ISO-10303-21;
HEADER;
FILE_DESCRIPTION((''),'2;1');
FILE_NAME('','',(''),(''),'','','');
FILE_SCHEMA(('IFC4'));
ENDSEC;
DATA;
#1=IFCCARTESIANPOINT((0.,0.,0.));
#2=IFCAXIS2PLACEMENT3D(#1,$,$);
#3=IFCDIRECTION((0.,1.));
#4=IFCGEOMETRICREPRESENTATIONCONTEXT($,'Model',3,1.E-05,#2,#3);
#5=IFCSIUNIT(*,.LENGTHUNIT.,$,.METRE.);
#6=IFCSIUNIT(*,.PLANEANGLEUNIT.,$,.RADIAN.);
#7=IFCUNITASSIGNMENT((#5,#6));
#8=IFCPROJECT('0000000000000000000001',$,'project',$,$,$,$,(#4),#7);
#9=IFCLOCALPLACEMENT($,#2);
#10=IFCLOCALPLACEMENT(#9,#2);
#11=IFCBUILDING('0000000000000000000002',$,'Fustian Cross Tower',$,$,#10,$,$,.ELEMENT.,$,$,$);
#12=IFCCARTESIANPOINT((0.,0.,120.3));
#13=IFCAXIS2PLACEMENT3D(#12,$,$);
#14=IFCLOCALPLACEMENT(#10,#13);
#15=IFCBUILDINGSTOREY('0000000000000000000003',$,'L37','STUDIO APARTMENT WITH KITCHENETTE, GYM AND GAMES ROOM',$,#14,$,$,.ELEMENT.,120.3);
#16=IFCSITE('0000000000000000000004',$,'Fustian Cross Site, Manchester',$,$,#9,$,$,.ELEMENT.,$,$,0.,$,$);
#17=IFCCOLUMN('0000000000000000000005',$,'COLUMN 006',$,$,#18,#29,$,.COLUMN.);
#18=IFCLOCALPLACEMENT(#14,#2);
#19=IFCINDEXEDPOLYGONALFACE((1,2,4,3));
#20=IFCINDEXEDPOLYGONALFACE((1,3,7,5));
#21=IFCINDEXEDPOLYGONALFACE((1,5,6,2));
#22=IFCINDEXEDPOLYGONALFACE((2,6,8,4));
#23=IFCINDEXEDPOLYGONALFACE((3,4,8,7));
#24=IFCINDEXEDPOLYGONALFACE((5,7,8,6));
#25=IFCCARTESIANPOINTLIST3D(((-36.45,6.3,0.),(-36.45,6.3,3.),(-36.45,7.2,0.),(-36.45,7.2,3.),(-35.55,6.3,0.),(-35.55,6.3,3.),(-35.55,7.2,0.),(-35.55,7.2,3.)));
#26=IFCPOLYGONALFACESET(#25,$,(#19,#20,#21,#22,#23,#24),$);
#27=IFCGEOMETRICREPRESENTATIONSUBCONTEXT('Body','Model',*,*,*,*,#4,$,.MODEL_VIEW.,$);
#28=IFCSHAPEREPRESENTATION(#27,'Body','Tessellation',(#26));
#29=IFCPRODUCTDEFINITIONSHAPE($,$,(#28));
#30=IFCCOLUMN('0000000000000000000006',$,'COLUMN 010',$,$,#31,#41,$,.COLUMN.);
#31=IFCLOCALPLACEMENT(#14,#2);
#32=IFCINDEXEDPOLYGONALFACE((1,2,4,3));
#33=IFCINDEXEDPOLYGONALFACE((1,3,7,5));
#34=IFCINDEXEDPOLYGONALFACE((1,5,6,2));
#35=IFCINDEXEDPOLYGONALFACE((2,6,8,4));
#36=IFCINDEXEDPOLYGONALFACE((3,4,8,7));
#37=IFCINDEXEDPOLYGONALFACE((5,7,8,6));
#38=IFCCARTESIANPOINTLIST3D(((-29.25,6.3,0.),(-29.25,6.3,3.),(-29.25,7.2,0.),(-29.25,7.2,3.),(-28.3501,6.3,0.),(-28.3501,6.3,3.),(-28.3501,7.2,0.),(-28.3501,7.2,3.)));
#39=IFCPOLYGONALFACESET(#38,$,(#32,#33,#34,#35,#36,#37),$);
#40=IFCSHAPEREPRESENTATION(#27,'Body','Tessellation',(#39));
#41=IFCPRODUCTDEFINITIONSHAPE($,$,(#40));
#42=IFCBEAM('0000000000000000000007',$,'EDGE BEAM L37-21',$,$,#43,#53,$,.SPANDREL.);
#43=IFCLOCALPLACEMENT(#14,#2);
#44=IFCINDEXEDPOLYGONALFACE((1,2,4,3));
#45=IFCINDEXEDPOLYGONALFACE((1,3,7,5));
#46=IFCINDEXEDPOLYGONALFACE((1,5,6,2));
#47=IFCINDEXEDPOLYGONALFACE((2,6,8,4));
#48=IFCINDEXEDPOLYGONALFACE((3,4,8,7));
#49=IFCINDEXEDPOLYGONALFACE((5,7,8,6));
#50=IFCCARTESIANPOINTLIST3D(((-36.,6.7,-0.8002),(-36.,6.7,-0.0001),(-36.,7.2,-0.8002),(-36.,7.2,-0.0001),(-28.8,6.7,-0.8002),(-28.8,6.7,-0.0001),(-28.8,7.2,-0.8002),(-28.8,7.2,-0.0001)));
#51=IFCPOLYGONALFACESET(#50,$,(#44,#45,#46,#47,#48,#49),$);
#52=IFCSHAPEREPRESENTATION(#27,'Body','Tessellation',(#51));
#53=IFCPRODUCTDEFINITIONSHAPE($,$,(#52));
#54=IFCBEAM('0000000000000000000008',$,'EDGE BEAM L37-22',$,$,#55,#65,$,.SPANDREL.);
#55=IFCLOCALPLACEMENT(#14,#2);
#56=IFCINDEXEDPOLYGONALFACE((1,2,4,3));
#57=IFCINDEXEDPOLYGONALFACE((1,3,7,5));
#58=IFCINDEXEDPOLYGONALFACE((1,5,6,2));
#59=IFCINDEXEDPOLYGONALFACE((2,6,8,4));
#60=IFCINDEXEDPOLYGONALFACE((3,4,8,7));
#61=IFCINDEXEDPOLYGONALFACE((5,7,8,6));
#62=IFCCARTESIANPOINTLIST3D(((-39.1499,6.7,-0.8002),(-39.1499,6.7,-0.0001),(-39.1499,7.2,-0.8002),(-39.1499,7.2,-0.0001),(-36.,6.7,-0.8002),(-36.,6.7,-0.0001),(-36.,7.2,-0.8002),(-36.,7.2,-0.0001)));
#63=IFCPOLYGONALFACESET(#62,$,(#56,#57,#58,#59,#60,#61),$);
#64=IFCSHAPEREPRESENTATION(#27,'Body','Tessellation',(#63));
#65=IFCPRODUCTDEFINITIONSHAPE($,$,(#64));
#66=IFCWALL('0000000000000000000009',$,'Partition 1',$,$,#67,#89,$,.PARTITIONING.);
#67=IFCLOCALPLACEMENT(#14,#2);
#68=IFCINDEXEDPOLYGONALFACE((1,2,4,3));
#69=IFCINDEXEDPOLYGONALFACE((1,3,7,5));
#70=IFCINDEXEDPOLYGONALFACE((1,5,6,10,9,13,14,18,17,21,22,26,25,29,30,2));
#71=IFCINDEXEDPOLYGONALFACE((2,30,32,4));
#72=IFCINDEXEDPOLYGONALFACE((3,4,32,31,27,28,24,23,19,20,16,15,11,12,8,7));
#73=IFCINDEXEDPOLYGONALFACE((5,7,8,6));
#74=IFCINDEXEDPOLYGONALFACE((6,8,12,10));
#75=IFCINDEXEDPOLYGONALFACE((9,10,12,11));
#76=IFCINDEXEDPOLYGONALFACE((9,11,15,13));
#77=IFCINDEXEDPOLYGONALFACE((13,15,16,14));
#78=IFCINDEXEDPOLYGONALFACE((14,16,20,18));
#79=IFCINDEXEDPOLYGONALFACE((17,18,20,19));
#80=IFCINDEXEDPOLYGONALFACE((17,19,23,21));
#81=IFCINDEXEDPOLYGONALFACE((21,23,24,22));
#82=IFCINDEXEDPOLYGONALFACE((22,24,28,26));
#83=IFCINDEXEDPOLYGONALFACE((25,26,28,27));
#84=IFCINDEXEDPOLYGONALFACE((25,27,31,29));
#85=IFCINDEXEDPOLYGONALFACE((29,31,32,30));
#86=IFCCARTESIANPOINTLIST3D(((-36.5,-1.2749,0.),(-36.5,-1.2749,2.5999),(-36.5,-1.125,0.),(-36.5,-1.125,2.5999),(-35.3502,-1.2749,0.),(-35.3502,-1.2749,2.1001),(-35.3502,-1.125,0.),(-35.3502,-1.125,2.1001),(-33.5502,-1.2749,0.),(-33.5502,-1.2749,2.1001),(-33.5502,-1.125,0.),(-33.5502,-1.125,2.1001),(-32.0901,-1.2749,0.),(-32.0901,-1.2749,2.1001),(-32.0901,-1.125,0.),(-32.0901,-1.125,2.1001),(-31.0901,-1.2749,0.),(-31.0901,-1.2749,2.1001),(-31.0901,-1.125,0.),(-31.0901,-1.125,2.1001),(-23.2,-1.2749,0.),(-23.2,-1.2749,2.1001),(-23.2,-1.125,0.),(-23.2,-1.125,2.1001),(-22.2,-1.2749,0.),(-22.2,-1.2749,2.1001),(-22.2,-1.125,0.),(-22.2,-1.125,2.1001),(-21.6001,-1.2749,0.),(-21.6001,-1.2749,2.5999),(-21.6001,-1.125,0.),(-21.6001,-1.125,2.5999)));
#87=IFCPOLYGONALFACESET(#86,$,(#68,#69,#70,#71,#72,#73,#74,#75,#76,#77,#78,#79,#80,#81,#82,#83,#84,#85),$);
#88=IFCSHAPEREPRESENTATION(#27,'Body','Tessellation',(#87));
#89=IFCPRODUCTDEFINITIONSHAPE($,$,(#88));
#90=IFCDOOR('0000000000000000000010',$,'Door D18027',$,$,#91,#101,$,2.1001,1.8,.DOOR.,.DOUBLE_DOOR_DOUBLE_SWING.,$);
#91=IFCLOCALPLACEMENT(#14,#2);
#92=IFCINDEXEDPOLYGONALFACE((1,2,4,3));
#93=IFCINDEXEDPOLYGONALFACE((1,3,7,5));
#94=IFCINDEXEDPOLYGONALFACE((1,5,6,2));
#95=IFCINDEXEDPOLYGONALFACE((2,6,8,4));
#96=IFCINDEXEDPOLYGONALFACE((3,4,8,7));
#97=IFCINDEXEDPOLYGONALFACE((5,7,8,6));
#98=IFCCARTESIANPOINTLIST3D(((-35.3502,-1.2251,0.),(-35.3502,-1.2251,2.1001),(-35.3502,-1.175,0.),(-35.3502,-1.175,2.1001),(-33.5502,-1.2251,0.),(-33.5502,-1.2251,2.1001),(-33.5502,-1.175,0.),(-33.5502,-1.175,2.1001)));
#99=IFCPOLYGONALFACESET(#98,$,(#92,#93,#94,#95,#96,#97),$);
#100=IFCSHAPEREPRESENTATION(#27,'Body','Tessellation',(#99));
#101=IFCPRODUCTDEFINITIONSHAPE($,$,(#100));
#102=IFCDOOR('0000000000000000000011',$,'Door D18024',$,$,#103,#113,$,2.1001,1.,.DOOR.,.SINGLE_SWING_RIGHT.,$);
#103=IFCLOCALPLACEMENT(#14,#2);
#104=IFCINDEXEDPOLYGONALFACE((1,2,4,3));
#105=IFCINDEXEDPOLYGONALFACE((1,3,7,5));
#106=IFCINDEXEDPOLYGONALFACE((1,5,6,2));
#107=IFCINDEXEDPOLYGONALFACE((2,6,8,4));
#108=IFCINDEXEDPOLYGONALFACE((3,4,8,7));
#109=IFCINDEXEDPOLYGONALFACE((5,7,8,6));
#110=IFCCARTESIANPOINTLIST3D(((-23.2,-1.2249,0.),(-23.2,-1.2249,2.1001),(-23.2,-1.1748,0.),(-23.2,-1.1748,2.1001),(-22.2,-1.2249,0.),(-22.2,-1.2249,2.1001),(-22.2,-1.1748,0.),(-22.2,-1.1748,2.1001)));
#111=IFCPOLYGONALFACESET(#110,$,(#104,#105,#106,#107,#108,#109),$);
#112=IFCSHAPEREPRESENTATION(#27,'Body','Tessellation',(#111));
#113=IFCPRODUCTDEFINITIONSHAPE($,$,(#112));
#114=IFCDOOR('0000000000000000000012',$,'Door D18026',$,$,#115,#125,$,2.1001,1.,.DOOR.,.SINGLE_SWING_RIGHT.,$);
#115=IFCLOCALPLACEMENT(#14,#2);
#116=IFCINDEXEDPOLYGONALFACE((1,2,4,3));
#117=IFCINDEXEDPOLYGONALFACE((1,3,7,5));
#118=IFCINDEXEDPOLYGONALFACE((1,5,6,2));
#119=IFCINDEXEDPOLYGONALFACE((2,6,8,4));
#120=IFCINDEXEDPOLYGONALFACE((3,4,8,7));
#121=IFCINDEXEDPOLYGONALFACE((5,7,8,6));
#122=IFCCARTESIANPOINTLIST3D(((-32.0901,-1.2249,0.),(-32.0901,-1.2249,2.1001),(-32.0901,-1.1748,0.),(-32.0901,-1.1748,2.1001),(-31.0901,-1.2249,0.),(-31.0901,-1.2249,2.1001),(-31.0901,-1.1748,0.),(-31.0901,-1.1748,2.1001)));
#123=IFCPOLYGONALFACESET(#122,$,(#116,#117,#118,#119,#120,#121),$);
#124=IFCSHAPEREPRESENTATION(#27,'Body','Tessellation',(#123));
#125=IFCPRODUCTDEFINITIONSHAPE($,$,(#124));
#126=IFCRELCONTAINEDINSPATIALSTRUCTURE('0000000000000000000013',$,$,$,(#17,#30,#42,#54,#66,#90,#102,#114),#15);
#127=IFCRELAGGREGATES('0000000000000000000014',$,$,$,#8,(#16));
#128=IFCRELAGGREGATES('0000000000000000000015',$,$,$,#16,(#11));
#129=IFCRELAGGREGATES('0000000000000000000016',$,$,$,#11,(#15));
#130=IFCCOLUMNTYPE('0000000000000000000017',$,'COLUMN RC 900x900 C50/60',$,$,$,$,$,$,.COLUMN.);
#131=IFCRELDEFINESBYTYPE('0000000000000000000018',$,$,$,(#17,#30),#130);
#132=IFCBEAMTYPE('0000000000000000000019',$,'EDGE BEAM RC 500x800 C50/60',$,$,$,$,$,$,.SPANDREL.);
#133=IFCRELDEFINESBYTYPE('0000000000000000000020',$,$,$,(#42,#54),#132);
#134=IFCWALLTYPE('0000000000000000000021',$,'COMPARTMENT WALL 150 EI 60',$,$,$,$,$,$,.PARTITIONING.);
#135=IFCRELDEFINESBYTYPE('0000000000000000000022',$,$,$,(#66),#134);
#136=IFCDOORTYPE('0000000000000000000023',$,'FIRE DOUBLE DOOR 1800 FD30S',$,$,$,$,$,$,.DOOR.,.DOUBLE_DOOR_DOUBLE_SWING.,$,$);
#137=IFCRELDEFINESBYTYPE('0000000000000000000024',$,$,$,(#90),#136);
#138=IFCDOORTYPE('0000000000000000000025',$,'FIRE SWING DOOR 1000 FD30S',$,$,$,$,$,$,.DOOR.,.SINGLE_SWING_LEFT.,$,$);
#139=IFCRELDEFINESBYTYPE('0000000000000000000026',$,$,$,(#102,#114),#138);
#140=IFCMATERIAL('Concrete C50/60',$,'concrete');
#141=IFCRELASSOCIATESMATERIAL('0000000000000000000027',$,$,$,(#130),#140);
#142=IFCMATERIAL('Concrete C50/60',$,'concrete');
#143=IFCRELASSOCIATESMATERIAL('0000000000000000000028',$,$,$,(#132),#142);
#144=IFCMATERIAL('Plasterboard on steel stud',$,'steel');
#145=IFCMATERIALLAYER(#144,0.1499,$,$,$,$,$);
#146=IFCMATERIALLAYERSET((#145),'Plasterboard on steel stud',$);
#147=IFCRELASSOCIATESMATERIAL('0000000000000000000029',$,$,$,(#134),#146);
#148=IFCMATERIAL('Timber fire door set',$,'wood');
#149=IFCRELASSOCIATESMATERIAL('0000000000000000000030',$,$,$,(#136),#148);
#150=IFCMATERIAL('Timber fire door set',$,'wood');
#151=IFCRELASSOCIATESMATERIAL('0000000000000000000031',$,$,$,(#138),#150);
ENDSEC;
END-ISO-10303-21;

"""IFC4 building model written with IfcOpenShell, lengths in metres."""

from ifc_helpers import new_model, si_unit, direction, frame, frame_2d, origin, origin_2d, place, context, subcontext, project, spatial, rectangle, extrude, material, layer, layer_set, material_profile, profile_set, type_object, element, fill, save


model = new_model("IFC4")

# Units and contexts
model_context = context("Model", 3, precision=1e-05, world=origin(), true_north=direction((0.0, 1.0)))
body_context = subcontext(model_context, "Body", "Model", "MODEL_VIEW")
ifc_project = project(units=[si_unit("LENGTHUNIT", "METRE"), si_unit("PLANEANGLEUNIT", "RADIAN")], contexts=[model_context])

# Site, building, storey
site_placement = place(None, origin())
site = spatial("IfcSite", under=ifc_project, at=site_placement, Name="Fustian Cross Site, Manchester", CompositionType="ELEMENT", RefElevation=0.0)
building_placement = place(site_placement, origin())
building = spatial("IfcBuilding", under=site, at=building_placement, Name="Fustian Cross Tower", CompositionType="ELEMENT")
storey_placement = place(building_placement, frame((0.0, 0.0, 120.3)))
storey = spatial("IfcBuildingStorey", under=building, at=storey_placement, Name="L37", Description="STUDIO APARTMENT WITH KITCHENETTE, GYM AND GAMES ROOM", CompositionType="ELEMENT", Elevation=120.3)

# Columns
ifc_material_1 = material(Name="Concrete C50/60", Category="concrete")
ifc_material_profile_1 = material_profile(ifc_material_1, rectangle(XDim=0.8999, YDim=0.8999, at=origin_2d()), Name="RC 900x900")
ifc_profile_set_1 = profile_set([ifc_material_profile_1], Name="Concrete C50/60")
column_type = type_object("IfcColumnType", Name="COLUMN RC 900x900 C50/60", PredefinedType="COLUMN", material=ifc_profile_set_1)
for number, where, z_axis, x_axis, name in (
    (1, (-36.0, 6.75, 0.0), (0.0, 0.0, 1.0), (1.0, 0.0, 0.0), "COLUMN 006"),
    (2, (-28.8, 6.75, 0.0), (0.0, 0.0, 1.0), (1.0, 0.0, 0.0), "COLUMN 010"),
):
    element("IfcColumn", number, at=place(storey_placement, frame(where, z_axis=z_axis, x_axis=x_axis)), inside=storey, type_object=column_type, Name=name, PredefinedType="COLUMN", context=body_context, shape_type="SweptSolid", body=[
        extrude(rectangle(XDim=0.8999, YDim=0.8999, at=origin_2d()), origin(), (0.0, 0.0, 1.0), 3.0),
    ])

# Beams
ifc_material_2 = material(Name="Concrete C50/60", Category="concrete")
ifc_material_profile_2 = material_profile(ifc_material_2, rectangle(XDim=0.5, YDim=0.8, at=origin_2d()), Name="RC 500x800")
ifc_profile_set_2 = profile_set([ifc_material_profile_2], Name="Concrete C50/60")
beam_type = type_object("IfcBeamType", Name="EDGE BEAM RC 500x800 C50/60", PredefinedType="SPANDREL", material=ifc_profile_set_2)
beam_1_placement = place(storey_placement, frame((-28.8, 6.95, -0.4001), z_axis=(-1.0, 0.0, 0.0), x_axis=(0.0, -1.0, 0.0)))
element("IfcBeam", 3, at=beam_1_placement, inside=storey, type_object=beam_type, Name="EDGE BEAM L37-21", PredefinedType="SPANDREL", context=body_context, shape_type="SweptSolid", body=[
    extrude(rectangle(XDim=0.5, YDim=0.8, at=origin_2d()), origin(), (0.0, 0.0, 1.0), 7.2),
])
beam_2_placement = place(storey_placement, frame((-36.0, 6.95, -0.4001), z_axis=(-1.0, 0.0, 0.0), x_axis=(0.0, -1.0, 0.0)))
element("IfcBeam", 4, at=beam_2_placement, inside=storey, type_object=beam_type, Name="EDGE BEAM L37-22", PredefinedType="SPANDREL", context=body_context, shape_type="SweptSolid", body=[
    extrude(rectangle(XDim=0.5, YDim=0.8, at=origin_2d()), origin(), (0.0, 0.0, 1.0), 3.1499),
])

# Wall, openings, doors
ifc_material_3 = material(Name="Plasterboard on steel stud", Category="steel")
ifc_layer_1 = layer(ifc_material_3, 0.1499)
ifc_layer_set_1 = layer_set([ifc_layer_1], Name="Plasterboard on steel stud")
wall_type_1 = type_object("IfcWallType", Name="COMPARTMENT WALL 150 EI 60", PredefinedType="PARTITIONING", material=ifc_layer_set_1)
wall_1_placement = place(storey_placement, frame((-36.5, -1.2, 0.0), z_axis=(0.0, 0.0, 1.0), x_axis=(1.0, 0.0, 0.0)))
wall_1 = element("IfcWall", 5, at=wall_1_placement, inside=storey, type_object=wall_type_1, Name="Partition 1", PredefinedType="PARTITIONING", context=body_context, shape_type="SweptSolid", body=[
    extrude(rectangle(XDim=14.8999, YDim=0.1499, at=frame_2d((7.45, 0.0))), origin(), (0.0, 0.0, 1.0), 2.5999),
])
opening_1_placement = place(wall_1_placement, frame((13.3, 0.0, 0.0)))
opening_1 = element("IfcOpeningElement", 6, at=opening_1_placement, cuts=wall_1, PredefinedType="OPENING", context=body_context, shape_type="SweptSolid", body=[
    extrude(rectangle(XDim=1.0, YDim=2.1001, at=frame_2d((0.5, 1.05))), frame((0.0, 0.085, 0.0), z_axis=(0.0, -1.0, 0.0), x_axis=(1.0, 0.0, 0.0)), (0.0, 0.0, 1.0), 0.1699),
])
opening_2_placement = place(wall_1_placement, frame((4.4099, 0.0, 0.0)))
opening_2 = element("IfcOpeningElement", 7, at=opening_2_placement, cuts=wall_1, PredefinedType="OPENING", context=body_context, shape_type="SweptSolid", body=[
    extrude(rectangle(XDim=1.0, YDim=2.1001, at=frame_2d((0.5, 1.05))), frame((0.0, 0.085, 0.0), z_axis=(0.0, -1.0, 0.0), x_axis=(1.0, 0.0, 0.0)), (0.0, 0.0, 1.0), 0.1699),
])
opening_3_placement = place(wall_1_placement, frame((1.1499, 0.0, 0.0)))
opening_3 = element("IfcOpeningElement", 8, at=opening_3_placement, cuts=wall_1, PredefinedType="OPENING", context=body_context, shape_type="SweptSolid", body=[
    extrude(rectangle(XDim=1.8, YDim=2.1001, at=frame_2d((0.8999, 1.05))), frame((0.0, 0.085, 0.0), z_axis=(0.0, -1.0, 0.0), x_axis=(1.0, 0.0, 0.0)), (0.0, 0.0, 1.0), 0.1699),
])
ifc_material_4 = material(Name="Timber fire door set", Category="wood")
door_type_1 = type_object("IfcDoorType", Name="FIRE DOUBLE DOOR 1800 FD30S", OperationType="DOUBLE_DOOR_DOUBLE_SWING", PredefinedType="DOOR", material=ifc_material_4)
door_1_placement = place(opening_3_placement, origin())
door_1 = element("IfcDoor", 9, at=door_1_placement, inside=storey, type_object=door_type_1, Name="Door D18027", OperationType="DOUBLE_DOOR_DOUBLE_SWING", OverallHeight=2.1001, OverallWidth=1.8, PredefinedType="DOOR", context=body_context, shape_type="SweptSolid", body=[
    extrude(rectangle(XDim=1.8, YDim=2.1001, at=frame_2d((0.8999, 1.05))), frame((0.0, 0.0249, 0.0), z_axis=(0.0, -1.0, 0.0), x_axis=(1.0, 0.0, 0.0)), (0.0, 0.0, 1.0), 0.05),
])
fill(opening_3, door_1)
ifc_material_5 = material(Name="Timber fire door set", Category="wood")
door_type_2 = type_object("IfcDoorType", Name="FIRE SWING DOOR 1000 FD30S", OperationType="SINGLE_SWING_LEFT", PredefinedType="DOOR", material=ifc_material_5)
door_2_placement = place(opening_1_placement, frame((1.0, 0.0, 0.0), z_axis=(0.0, 0.0, 1.0), x_axis=(-1.0, 0.0, 0.0)))
door_2 = element("IfcDoor", 10, at=door_2_placement, inside=storey, type_object=door_type_2, Name="Door D18024", OperationType="SINGLE_SWING_RIGHT", OverallHeight=2.1001, OverallWidth=1.0, PredefinedType="DOOR", context=body_context, shape_type="SweptSolid", body=[
    extrude(rectangle(XDim=1.0, YDim=2.1001, at=frame_2d((0.5, 1.05))), frame((0.0, 0.0249, 0.0), z_axis=(0.0, -1.0, 0.0), x_axis=(1.0, 0.0, 0.0)), (0.0, 0.0, 1.0), 0.05),
])
fill(opening_1, door_2)
door_3_placement = place(opening_2_placement, frame((1.0, 0.0, 0.0), z_axis=(0.0, 0.0, 1.0), x_axis=(-1.0, 0.0, 0.0)))
door_3 = element("IfcDoor", 11, at=door_3_placement, inside=storey, type_object=door_type_2, Name="Door D18026", OperationType="SINGLE_SWING_RIGHT", OverallHeight=2.1001, OverallWidth=1.0, PredefinedType="DOOR", context=body_context, shape_type="SweptSolid", body=[
    extrude(rectangle(XDim=1.0, YDim=2.1001, at=frame_2d((0.5, 1.05))), frame((0.0, 0.0249, 0.0), z_axis=(0.0, -1.0, 0.0), x_axis=(1.0, 0.0, 0.0)), (0.0, 0.0, 1.0), 0.05),
])
fill(opening_2, door_3)

save(model, "model.ifc")
